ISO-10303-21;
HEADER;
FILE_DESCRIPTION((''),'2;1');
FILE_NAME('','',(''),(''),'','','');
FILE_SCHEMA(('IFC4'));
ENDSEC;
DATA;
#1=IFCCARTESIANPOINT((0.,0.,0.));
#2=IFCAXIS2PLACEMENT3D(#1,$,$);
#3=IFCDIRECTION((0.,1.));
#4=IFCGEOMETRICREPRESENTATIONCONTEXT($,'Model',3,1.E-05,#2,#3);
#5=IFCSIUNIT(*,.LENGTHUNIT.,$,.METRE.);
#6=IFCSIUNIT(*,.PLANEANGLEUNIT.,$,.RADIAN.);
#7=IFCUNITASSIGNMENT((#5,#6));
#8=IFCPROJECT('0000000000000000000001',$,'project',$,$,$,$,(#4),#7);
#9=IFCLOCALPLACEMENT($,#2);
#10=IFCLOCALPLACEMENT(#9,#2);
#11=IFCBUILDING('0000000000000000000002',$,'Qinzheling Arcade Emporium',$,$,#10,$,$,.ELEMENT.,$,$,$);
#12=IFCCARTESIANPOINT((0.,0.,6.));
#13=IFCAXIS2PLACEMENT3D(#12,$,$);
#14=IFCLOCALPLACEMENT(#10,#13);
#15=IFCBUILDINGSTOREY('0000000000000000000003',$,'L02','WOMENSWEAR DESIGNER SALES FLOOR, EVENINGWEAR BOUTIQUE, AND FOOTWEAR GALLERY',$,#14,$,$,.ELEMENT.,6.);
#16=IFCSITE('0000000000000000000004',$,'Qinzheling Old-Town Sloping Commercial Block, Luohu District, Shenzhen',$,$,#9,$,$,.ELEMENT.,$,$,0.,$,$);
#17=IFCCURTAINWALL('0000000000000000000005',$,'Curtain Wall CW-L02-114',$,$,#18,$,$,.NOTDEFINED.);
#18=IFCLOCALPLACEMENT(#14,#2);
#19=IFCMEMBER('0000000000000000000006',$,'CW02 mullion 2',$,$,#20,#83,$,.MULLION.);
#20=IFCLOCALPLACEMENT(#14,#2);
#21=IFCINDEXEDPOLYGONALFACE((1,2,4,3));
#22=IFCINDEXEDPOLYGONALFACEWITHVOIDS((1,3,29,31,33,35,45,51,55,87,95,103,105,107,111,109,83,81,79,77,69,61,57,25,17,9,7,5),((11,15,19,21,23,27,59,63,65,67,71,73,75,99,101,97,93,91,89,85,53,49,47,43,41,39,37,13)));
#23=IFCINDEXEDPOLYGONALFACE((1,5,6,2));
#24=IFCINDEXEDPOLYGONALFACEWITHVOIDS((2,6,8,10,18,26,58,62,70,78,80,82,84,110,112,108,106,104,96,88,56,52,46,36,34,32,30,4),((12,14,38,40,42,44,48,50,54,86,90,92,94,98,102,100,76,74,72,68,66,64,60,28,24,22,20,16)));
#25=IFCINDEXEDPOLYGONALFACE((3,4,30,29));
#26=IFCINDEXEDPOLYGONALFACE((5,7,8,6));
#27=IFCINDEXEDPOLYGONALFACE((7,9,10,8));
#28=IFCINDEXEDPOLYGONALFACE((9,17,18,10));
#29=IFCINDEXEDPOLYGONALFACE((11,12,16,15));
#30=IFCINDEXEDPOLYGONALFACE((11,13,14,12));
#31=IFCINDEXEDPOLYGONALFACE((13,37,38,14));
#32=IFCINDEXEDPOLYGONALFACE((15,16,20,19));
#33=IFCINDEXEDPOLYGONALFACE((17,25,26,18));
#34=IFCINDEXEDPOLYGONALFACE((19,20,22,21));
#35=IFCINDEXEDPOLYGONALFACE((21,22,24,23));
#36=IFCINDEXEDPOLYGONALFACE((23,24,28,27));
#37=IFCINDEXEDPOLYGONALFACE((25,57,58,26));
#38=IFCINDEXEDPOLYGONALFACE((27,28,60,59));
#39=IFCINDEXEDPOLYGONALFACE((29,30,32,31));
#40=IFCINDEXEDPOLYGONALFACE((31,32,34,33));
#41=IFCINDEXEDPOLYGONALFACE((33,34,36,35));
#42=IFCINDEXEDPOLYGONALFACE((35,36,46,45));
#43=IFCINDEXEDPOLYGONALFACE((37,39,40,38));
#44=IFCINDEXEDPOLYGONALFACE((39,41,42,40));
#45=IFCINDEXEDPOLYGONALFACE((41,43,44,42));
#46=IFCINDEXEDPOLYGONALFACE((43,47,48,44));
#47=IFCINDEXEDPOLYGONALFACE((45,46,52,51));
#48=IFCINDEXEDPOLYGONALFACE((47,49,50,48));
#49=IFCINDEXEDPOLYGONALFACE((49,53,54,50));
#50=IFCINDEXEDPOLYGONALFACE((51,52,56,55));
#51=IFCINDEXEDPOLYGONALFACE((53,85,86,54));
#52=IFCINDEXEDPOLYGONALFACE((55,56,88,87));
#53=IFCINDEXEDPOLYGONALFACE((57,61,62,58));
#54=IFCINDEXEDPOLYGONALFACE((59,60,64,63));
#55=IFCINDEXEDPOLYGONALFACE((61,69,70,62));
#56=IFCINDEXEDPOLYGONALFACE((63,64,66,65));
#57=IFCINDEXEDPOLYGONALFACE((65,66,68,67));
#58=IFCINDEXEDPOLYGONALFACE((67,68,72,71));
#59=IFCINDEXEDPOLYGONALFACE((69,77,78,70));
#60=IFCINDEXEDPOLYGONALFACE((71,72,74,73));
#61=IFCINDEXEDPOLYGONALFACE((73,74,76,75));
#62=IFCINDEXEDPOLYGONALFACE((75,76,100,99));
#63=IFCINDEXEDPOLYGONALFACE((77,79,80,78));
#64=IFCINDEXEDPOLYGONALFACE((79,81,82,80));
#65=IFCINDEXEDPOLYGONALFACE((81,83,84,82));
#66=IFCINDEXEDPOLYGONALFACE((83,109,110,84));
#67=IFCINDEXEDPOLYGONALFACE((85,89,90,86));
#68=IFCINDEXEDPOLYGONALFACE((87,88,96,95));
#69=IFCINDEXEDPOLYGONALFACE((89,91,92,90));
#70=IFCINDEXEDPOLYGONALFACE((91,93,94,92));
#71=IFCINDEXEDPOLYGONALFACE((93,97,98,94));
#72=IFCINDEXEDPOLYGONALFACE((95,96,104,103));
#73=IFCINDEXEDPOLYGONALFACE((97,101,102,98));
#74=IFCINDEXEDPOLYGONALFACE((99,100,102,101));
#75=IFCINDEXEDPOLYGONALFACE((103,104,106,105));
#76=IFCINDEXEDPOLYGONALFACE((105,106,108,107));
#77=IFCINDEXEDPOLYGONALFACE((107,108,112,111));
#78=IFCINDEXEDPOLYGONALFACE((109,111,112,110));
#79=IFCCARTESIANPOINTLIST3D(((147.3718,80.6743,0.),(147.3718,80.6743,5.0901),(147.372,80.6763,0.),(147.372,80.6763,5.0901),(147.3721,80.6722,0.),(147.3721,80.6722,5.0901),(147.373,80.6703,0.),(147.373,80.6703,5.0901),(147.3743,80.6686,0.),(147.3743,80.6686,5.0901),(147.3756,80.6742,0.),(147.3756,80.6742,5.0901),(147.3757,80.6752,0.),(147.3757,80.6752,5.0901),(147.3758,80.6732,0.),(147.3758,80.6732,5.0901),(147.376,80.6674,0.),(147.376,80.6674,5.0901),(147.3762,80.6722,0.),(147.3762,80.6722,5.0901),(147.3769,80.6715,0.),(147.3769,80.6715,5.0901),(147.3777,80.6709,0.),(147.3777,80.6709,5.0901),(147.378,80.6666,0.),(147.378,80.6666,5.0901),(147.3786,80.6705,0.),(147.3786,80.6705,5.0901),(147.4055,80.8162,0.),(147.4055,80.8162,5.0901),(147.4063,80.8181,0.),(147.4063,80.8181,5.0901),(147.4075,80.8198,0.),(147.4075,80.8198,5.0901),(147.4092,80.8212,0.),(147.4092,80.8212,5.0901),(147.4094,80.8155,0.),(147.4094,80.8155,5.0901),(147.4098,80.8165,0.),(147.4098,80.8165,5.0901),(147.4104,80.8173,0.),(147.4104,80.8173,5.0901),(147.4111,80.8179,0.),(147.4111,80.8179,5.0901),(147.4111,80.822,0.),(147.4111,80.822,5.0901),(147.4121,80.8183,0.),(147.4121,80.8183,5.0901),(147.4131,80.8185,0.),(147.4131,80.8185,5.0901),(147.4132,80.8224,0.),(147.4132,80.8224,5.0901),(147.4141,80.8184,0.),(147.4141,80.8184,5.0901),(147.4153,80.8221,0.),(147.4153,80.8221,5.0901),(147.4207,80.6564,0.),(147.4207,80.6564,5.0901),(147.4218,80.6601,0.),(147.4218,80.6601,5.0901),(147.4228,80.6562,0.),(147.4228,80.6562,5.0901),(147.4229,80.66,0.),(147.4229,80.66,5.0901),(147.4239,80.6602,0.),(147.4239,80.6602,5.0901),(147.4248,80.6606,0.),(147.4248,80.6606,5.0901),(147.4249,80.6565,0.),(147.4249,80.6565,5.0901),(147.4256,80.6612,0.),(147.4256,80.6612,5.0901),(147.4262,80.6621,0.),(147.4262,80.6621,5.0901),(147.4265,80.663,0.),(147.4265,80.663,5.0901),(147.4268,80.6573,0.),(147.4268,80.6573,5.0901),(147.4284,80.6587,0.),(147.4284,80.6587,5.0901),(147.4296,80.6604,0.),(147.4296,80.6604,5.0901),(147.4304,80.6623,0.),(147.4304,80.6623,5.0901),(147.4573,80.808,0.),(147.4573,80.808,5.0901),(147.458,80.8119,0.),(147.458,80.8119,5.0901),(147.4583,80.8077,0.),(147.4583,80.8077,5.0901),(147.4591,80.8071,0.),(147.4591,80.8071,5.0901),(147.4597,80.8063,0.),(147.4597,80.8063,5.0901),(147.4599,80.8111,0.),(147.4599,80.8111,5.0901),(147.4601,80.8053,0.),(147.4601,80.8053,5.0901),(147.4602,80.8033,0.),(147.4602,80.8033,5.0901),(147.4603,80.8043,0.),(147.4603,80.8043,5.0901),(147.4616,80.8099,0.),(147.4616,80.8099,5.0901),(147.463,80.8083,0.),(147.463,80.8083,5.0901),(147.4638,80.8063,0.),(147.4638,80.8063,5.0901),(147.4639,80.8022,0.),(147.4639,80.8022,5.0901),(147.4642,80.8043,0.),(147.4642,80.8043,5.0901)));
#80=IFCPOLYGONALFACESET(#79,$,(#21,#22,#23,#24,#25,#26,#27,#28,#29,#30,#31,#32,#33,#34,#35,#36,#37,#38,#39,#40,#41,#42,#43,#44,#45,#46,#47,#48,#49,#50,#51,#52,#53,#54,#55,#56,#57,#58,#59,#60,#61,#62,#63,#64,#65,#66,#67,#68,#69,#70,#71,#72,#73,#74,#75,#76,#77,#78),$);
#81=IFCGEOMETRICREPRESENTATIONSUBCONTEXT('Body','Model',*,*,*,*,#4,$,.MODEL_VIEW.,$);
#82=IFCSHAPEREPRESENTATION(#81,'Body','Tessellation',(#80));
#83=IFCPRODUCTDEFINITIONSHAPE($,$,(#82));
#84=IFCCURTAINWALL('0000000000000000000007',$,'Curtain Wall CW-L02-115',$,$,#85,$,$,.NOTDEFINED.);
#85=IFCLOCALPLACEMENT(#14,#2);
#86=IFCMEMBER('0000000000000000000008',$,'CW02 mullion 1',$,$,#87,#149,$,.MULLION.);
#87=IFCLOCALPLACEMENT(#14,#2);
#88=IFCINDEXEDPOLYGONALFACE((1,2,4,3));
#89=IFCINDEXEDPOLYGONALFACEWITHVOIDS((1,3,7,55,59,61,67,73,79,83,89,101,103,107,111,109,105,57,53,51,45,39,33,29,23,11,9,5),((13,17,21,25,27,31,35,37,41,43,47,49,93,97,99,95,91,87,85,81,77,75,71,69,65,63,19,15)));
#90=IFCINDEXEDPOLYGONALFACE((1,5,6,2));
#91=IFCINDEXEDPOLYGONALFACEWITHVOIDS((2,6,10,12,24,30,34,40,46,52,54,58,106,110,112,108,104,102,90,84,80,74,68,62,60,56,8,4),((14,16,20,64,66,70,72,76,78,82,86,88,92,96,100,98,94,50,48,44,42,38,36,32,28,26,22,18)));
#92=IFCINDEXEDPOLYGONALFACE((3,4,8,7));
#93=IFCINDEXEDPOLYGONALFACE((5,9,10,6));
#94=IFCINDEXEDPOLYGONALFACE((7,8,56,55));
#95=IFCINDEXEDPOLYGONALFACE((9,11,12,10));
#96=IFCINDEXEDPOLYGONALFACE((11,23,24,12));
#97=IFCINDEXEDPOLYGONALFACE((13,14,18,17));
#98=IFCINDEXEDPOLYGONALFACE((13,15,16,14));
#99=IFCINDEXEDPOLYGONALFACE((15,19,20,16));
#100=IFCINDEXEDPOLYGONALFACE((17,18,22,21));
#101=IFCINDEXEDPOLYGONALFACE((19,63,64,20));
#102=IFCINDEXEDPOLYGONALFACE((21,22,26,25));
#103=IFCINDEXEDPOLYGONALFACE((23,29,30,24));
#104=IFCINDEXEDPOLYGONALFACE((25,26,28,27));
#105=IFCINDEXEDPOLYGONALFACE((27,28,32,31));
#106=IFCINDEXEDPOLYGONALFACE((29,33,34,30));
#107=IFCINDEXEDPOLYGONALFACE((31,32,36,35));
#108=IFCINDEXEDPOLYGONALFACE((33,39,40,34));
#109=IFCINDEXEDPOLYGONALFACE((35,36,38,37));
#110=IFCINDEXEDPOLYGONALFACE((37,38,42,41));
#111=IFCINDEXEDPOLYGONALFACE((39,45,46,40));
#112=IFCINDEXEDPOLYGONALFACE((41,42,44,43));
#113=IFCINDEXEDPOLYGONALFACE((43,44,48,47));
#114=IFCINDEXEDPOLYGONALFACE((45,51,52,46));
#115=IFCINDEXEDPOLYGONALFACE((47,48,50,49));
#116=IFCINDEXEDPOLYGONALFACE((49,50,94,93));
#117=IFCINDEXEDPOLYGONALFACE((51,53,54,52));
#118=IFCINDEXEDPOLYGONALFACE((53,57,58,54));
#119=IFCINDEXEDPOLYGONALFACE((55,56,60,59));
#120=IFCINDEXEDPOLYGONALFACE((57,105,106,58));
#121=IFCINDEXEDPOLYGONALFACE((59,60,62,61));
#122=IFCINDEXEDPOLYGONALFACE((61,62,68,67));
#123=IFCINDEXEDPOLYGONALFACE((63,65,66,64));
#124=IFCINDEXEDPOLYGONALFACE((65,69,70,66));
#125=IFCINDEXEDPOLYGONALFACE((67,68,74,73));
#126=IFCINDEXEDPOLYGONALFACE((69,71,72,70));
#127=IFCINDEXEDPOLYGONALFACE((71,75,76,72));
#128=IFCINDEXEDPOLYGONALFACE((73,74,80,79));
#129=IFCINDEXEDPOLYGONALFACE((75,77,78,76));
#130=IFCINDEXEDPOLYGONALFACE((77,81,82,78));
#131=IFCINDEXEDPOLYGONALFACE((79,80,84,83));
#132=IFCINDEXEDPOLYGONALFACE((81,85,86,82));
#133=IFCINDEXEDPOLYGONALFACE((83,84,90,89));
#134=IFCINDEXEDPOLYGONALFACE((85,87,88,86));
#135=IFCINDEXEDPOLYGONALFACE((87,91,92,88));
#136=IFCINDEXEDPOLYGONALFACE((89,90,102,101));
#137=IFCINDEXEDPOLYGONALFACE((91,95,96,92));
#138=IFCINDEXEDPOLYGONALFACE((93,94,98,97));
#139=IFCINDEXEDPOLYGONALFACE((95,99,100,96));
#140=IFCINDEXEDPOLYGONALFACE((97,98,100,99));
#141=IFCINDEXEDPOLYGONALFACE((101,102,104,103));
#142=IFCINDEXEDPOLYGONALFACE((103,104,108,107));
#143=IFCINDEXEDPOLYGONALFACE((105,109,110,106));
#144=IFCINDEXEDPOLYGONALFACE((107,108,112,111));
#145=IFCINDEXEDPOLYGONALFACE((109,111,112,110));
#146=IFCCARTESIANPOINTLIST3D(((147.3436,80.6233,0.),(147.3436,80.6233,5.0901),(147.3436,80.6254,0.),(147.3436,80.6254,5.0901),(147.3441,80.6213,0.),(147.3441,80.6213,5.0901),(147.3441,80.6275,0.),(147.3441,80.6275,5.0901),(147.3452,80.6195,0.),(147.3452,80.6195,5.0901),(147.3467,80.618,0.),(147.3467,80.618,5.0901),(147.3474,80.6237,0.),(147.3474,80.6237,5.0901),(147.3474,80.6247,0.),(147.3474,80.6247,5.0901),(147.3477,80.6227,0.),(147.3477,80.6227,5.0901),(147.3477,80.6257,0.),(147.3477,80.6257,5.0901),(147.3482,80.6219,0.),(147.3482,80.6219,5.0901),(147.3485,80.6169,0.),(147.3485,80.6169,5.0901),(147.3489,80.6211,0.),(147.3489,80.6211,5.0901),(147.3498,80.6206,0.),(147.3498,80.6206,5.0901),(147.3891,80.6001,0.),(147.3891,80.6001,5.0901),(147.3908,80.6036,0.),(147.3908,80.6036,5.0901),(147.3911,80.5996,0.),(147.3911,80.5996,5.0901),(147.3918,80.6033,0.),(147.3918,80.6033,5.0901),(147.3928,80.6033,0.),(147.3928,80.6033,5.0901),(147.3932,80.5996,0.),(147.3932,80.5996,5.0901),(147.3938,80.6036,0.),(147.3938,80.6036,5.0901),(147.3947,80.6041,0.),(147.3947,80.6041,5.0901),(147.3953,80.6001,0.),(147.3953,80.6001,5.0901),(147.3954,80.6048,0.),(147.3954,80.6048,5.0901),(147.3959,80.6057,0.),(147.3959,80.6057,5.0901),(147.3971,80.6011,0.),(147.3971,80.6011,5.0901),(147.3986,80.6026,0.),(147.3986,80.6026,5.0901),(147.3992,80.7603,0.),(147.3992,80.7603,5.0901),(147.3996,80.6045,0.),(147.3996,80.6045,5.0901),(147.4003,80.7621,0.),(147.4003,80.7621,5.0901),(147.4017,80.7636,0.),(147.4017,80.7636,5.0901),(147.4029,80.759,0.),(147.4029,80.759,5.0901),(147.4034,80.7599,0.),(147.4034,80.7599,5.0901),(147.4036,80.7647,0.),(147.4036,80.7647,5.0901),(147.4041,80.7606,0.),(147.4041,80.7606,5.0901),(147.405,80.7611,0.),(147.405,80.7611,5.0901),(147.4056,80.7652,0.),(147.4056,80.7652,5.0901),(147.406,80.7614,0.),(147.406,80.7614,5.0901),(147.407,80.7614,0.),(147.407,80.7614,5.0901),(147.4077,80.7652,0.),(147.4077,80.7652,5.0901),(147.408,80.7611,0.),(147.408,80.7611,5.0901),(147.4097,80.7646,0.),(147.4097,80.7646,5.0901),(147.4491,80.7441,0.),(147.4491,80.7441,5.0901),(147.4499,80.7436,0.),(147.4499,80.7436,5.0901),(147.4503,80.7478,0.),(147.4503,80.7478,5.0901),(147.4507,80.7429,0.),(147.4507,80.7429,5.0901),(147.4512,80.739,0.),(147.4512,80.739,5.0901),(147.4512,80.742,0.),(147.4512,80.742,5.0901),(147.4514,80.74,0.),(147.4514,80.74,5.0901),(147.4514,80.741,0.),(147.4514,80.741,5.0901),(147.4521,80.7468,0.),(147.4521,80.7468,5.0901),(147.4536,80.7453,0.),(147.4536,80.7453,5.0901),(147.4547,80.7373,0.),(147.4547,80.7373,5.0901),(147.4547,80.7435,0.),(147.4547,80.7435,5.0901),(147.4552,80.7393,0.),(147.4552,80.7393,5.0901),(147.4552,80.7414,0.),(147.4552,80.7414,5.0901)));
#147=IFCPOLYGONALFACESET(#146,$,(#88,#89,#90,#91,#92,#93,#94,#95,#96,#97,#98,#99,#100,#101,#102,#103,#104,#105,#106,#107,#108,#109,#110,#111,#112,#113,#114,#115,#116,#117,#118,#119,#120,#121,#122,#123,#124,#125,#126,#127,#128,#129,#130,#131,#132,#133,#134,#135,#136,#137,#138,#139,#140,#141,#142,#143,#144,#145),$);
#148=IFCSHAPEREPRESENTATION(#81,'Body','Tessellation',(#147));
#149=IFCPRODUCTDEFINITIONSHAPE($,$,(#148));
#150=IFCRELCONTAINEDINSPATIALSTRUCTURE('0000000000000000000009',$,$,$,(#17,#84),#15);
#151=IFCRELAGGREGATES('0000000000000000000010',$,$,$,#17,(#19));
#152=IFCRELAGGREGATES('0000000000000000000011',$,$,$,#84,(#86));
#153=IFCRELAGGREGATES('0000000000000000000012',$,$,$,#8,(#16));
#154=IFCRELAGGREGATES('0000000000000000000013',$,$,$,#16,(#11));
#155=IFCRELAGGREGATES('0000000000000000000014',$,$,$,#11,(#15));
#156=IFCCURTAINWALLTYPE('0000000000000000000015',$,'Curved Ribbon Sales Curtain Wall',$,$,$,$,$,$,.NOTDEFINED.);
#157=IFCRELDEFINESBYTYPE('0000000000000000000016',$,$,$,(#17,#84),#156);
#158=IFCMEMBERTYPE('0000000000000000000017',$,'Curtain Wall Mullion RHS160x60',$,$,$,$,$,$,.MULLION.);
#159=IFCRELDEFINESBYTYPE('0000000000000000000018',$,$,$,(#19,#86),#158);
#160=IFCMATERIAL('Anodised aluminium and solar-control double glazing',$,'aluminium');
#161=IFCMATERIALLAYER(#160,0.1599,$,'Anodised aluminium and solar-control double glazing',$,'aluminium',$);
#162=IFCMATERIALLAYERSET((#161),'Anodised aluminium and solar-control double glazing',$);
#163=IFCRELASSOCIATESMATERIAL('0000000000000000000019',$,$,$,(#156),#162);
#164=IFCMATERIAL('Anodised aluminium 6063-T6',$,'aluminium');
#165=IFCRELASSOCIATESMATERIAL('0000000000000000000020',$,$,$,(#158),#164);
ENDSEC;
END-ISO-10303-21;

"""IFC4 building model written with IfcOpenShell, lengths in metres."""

from ifc_helpers import new_model, si_unit, direction, frame, origin, origin_2d, place, context, subcontext, project, spatial, hollow_rectangle, extrude, material, layer, layer_set, material_profile, profile_set, type_object, element, aggregate, save


model = new_model("IFC4")

# Units and contexts
model_context = context("Model", 3, precision=1e-05, world=origin(), true_north=direction((0.0, 1.0)))
body_context = subcontext(model_context, "Body", "Model", "MODEL_VIEW")
ifc_project = project(units=[si_unit("LENGTHUNIT", "METRE"), si_unit("PLANEANGLEUNIT", "RADIAN")], contexts=[model_context])

# Site, building, storey
site_placement = place(None, origin())
site = spatial("IfcSite", under=ifc_project, at=site_placement, Name="Qinzheling Old-Town Sloping Commercial Block, Luohu District, Shenzhen", CompositionType="ELEMENT", RefElevation=0.0)
building_placement = place(site_placement, origin())
building = spatial("IfcBuilding", under=site, at=building_placement, Name="Qinzheling Arcade Emporium", CompositionType="ELEMENT")
storey_placement = place(building_placement, frame((0.0, 0.0, 6.0)))
storey = spatial("IfcBuildingStorey", under=building, at=storey_placement, Name="L02", Description="WOMENSWEAR DESIGNER SALES FLOOR, EVENINGWEAR BOUTIQUE, AND FOOTWEAR GALLERY", CompositionType="ELEMENT", Elevation=6.0)

# Curtain wall, member
ifc_material_1 = material(Name="Anodised aluminium and solar-control double glazing", Category="aluminium")
ifc_layer_1 = layer(ifc_material_1, 0.1599, Name="Anodised aluminium and solar-control double glazing", Category="aluminium")
ifc_layer_set_1 = layer_set([ifc_layer_1], Name="Anodised aluminium and solar-control double glazing")
curtain_wall_type = type_object("IfcCurtainWallType", Name="Curved Ribbon Sales Curtain Wall", PredefinedType="NOTDEFINED", material=ifc_layer_set_1)
curtain_wall_1_placement = place(storey_placement, origin())
curtain_wall_1 = element("IfcCurtainWall", 1, at=curtain_wall_1_placement, inside=storey, type_object=curtain_wall_type, Name="Curtain Wall CW-L02-114", PredefinedType="NOTDEFINED")
ifc_material_2 = material(Name="Anodised aluminium 6063-T6", Category="aluminium")
ifc_material_profile_1 = material_profile(ifc_material_2, hollow_rectangle(XDim=0.0601, YDim=0.1599, WallThickness=0.0039, InnerFilletRadius=0.0039, OuterFilletRadius=0.0081, at=origin_2d()), Name="RHS 160x60x4", Category="aluminium")
ifc_profile_set_1 = profile_set([ifc_material_profile_1], Name="Anodised aluminium 6063-T6")
member_type_1 = type_object("IfcMemberType", Name="Curtain Wall Mullion RHS160x60", PredefinedType="MULLION", material=ifc_profile_set_1)
member_1_placement = place(storey_placement, frame((147.418, 80.7393, 0.0), z_axis=(0.0, 0.0, 1.0), x_axis=(0.972422, -0.233228, 0.0)))
member_1 = element("IfcMember", 2, at=member_1_placement, type_object=member_type_1, Name="CW02 mullion 2", PredefinedType="MULLION", context=body_context, shape_type="SweptSolid", body=[
    extrude(hollow_rectangle(XDim=0.0601, YDim=0.1599, WallThickness=0.0039, InnerFilletRadius=0.0039, OuterFilletRadius=0.0081, at=origin_2d()), origin(), (0.0, 0.0, 1.0), 5.0901),
])

# Curtain wall, member
curtain_wall_2_placement = place(storey_placement, origin())
curtain_wall_2 = element("IfcCurtainWall", 3, at=curtain_wall_2_placement, inside=storey, type_object=curtain_wall_type, Name="Curtain Wall CW-L02-115", PredefinedType="NOTDEFINED")
member_2_placement = place(storey_placement, frame((147.3994, 80.6824, 0.0), z_axis=(0.0, 0.0, 1.0), x_axis=(0.923792, -0.382896, 0.0)))
member_2 = element("IfcMember", 4, at=member_2_placement, type_object=member_type_1, Name="CW02 mullion 1", PredefinedType="MULLION", context=body_context, shape_type="SweptSolid", body=[
    extrude(hollow_rectangle(XDim=0.0601, YDim=0.1599, WallThickness=0.0039, InnerFilletRadius=0.0039, OuterFilletRadius=0.0081, at=origin_2d()), origin(), (0.0, 0.0, 1.0), 5.0901),
])

aggregate(curtain_wall_1, [member_1])
aggregate(curtain_wall_2, [member_2])

save(model, "model.ifc")
